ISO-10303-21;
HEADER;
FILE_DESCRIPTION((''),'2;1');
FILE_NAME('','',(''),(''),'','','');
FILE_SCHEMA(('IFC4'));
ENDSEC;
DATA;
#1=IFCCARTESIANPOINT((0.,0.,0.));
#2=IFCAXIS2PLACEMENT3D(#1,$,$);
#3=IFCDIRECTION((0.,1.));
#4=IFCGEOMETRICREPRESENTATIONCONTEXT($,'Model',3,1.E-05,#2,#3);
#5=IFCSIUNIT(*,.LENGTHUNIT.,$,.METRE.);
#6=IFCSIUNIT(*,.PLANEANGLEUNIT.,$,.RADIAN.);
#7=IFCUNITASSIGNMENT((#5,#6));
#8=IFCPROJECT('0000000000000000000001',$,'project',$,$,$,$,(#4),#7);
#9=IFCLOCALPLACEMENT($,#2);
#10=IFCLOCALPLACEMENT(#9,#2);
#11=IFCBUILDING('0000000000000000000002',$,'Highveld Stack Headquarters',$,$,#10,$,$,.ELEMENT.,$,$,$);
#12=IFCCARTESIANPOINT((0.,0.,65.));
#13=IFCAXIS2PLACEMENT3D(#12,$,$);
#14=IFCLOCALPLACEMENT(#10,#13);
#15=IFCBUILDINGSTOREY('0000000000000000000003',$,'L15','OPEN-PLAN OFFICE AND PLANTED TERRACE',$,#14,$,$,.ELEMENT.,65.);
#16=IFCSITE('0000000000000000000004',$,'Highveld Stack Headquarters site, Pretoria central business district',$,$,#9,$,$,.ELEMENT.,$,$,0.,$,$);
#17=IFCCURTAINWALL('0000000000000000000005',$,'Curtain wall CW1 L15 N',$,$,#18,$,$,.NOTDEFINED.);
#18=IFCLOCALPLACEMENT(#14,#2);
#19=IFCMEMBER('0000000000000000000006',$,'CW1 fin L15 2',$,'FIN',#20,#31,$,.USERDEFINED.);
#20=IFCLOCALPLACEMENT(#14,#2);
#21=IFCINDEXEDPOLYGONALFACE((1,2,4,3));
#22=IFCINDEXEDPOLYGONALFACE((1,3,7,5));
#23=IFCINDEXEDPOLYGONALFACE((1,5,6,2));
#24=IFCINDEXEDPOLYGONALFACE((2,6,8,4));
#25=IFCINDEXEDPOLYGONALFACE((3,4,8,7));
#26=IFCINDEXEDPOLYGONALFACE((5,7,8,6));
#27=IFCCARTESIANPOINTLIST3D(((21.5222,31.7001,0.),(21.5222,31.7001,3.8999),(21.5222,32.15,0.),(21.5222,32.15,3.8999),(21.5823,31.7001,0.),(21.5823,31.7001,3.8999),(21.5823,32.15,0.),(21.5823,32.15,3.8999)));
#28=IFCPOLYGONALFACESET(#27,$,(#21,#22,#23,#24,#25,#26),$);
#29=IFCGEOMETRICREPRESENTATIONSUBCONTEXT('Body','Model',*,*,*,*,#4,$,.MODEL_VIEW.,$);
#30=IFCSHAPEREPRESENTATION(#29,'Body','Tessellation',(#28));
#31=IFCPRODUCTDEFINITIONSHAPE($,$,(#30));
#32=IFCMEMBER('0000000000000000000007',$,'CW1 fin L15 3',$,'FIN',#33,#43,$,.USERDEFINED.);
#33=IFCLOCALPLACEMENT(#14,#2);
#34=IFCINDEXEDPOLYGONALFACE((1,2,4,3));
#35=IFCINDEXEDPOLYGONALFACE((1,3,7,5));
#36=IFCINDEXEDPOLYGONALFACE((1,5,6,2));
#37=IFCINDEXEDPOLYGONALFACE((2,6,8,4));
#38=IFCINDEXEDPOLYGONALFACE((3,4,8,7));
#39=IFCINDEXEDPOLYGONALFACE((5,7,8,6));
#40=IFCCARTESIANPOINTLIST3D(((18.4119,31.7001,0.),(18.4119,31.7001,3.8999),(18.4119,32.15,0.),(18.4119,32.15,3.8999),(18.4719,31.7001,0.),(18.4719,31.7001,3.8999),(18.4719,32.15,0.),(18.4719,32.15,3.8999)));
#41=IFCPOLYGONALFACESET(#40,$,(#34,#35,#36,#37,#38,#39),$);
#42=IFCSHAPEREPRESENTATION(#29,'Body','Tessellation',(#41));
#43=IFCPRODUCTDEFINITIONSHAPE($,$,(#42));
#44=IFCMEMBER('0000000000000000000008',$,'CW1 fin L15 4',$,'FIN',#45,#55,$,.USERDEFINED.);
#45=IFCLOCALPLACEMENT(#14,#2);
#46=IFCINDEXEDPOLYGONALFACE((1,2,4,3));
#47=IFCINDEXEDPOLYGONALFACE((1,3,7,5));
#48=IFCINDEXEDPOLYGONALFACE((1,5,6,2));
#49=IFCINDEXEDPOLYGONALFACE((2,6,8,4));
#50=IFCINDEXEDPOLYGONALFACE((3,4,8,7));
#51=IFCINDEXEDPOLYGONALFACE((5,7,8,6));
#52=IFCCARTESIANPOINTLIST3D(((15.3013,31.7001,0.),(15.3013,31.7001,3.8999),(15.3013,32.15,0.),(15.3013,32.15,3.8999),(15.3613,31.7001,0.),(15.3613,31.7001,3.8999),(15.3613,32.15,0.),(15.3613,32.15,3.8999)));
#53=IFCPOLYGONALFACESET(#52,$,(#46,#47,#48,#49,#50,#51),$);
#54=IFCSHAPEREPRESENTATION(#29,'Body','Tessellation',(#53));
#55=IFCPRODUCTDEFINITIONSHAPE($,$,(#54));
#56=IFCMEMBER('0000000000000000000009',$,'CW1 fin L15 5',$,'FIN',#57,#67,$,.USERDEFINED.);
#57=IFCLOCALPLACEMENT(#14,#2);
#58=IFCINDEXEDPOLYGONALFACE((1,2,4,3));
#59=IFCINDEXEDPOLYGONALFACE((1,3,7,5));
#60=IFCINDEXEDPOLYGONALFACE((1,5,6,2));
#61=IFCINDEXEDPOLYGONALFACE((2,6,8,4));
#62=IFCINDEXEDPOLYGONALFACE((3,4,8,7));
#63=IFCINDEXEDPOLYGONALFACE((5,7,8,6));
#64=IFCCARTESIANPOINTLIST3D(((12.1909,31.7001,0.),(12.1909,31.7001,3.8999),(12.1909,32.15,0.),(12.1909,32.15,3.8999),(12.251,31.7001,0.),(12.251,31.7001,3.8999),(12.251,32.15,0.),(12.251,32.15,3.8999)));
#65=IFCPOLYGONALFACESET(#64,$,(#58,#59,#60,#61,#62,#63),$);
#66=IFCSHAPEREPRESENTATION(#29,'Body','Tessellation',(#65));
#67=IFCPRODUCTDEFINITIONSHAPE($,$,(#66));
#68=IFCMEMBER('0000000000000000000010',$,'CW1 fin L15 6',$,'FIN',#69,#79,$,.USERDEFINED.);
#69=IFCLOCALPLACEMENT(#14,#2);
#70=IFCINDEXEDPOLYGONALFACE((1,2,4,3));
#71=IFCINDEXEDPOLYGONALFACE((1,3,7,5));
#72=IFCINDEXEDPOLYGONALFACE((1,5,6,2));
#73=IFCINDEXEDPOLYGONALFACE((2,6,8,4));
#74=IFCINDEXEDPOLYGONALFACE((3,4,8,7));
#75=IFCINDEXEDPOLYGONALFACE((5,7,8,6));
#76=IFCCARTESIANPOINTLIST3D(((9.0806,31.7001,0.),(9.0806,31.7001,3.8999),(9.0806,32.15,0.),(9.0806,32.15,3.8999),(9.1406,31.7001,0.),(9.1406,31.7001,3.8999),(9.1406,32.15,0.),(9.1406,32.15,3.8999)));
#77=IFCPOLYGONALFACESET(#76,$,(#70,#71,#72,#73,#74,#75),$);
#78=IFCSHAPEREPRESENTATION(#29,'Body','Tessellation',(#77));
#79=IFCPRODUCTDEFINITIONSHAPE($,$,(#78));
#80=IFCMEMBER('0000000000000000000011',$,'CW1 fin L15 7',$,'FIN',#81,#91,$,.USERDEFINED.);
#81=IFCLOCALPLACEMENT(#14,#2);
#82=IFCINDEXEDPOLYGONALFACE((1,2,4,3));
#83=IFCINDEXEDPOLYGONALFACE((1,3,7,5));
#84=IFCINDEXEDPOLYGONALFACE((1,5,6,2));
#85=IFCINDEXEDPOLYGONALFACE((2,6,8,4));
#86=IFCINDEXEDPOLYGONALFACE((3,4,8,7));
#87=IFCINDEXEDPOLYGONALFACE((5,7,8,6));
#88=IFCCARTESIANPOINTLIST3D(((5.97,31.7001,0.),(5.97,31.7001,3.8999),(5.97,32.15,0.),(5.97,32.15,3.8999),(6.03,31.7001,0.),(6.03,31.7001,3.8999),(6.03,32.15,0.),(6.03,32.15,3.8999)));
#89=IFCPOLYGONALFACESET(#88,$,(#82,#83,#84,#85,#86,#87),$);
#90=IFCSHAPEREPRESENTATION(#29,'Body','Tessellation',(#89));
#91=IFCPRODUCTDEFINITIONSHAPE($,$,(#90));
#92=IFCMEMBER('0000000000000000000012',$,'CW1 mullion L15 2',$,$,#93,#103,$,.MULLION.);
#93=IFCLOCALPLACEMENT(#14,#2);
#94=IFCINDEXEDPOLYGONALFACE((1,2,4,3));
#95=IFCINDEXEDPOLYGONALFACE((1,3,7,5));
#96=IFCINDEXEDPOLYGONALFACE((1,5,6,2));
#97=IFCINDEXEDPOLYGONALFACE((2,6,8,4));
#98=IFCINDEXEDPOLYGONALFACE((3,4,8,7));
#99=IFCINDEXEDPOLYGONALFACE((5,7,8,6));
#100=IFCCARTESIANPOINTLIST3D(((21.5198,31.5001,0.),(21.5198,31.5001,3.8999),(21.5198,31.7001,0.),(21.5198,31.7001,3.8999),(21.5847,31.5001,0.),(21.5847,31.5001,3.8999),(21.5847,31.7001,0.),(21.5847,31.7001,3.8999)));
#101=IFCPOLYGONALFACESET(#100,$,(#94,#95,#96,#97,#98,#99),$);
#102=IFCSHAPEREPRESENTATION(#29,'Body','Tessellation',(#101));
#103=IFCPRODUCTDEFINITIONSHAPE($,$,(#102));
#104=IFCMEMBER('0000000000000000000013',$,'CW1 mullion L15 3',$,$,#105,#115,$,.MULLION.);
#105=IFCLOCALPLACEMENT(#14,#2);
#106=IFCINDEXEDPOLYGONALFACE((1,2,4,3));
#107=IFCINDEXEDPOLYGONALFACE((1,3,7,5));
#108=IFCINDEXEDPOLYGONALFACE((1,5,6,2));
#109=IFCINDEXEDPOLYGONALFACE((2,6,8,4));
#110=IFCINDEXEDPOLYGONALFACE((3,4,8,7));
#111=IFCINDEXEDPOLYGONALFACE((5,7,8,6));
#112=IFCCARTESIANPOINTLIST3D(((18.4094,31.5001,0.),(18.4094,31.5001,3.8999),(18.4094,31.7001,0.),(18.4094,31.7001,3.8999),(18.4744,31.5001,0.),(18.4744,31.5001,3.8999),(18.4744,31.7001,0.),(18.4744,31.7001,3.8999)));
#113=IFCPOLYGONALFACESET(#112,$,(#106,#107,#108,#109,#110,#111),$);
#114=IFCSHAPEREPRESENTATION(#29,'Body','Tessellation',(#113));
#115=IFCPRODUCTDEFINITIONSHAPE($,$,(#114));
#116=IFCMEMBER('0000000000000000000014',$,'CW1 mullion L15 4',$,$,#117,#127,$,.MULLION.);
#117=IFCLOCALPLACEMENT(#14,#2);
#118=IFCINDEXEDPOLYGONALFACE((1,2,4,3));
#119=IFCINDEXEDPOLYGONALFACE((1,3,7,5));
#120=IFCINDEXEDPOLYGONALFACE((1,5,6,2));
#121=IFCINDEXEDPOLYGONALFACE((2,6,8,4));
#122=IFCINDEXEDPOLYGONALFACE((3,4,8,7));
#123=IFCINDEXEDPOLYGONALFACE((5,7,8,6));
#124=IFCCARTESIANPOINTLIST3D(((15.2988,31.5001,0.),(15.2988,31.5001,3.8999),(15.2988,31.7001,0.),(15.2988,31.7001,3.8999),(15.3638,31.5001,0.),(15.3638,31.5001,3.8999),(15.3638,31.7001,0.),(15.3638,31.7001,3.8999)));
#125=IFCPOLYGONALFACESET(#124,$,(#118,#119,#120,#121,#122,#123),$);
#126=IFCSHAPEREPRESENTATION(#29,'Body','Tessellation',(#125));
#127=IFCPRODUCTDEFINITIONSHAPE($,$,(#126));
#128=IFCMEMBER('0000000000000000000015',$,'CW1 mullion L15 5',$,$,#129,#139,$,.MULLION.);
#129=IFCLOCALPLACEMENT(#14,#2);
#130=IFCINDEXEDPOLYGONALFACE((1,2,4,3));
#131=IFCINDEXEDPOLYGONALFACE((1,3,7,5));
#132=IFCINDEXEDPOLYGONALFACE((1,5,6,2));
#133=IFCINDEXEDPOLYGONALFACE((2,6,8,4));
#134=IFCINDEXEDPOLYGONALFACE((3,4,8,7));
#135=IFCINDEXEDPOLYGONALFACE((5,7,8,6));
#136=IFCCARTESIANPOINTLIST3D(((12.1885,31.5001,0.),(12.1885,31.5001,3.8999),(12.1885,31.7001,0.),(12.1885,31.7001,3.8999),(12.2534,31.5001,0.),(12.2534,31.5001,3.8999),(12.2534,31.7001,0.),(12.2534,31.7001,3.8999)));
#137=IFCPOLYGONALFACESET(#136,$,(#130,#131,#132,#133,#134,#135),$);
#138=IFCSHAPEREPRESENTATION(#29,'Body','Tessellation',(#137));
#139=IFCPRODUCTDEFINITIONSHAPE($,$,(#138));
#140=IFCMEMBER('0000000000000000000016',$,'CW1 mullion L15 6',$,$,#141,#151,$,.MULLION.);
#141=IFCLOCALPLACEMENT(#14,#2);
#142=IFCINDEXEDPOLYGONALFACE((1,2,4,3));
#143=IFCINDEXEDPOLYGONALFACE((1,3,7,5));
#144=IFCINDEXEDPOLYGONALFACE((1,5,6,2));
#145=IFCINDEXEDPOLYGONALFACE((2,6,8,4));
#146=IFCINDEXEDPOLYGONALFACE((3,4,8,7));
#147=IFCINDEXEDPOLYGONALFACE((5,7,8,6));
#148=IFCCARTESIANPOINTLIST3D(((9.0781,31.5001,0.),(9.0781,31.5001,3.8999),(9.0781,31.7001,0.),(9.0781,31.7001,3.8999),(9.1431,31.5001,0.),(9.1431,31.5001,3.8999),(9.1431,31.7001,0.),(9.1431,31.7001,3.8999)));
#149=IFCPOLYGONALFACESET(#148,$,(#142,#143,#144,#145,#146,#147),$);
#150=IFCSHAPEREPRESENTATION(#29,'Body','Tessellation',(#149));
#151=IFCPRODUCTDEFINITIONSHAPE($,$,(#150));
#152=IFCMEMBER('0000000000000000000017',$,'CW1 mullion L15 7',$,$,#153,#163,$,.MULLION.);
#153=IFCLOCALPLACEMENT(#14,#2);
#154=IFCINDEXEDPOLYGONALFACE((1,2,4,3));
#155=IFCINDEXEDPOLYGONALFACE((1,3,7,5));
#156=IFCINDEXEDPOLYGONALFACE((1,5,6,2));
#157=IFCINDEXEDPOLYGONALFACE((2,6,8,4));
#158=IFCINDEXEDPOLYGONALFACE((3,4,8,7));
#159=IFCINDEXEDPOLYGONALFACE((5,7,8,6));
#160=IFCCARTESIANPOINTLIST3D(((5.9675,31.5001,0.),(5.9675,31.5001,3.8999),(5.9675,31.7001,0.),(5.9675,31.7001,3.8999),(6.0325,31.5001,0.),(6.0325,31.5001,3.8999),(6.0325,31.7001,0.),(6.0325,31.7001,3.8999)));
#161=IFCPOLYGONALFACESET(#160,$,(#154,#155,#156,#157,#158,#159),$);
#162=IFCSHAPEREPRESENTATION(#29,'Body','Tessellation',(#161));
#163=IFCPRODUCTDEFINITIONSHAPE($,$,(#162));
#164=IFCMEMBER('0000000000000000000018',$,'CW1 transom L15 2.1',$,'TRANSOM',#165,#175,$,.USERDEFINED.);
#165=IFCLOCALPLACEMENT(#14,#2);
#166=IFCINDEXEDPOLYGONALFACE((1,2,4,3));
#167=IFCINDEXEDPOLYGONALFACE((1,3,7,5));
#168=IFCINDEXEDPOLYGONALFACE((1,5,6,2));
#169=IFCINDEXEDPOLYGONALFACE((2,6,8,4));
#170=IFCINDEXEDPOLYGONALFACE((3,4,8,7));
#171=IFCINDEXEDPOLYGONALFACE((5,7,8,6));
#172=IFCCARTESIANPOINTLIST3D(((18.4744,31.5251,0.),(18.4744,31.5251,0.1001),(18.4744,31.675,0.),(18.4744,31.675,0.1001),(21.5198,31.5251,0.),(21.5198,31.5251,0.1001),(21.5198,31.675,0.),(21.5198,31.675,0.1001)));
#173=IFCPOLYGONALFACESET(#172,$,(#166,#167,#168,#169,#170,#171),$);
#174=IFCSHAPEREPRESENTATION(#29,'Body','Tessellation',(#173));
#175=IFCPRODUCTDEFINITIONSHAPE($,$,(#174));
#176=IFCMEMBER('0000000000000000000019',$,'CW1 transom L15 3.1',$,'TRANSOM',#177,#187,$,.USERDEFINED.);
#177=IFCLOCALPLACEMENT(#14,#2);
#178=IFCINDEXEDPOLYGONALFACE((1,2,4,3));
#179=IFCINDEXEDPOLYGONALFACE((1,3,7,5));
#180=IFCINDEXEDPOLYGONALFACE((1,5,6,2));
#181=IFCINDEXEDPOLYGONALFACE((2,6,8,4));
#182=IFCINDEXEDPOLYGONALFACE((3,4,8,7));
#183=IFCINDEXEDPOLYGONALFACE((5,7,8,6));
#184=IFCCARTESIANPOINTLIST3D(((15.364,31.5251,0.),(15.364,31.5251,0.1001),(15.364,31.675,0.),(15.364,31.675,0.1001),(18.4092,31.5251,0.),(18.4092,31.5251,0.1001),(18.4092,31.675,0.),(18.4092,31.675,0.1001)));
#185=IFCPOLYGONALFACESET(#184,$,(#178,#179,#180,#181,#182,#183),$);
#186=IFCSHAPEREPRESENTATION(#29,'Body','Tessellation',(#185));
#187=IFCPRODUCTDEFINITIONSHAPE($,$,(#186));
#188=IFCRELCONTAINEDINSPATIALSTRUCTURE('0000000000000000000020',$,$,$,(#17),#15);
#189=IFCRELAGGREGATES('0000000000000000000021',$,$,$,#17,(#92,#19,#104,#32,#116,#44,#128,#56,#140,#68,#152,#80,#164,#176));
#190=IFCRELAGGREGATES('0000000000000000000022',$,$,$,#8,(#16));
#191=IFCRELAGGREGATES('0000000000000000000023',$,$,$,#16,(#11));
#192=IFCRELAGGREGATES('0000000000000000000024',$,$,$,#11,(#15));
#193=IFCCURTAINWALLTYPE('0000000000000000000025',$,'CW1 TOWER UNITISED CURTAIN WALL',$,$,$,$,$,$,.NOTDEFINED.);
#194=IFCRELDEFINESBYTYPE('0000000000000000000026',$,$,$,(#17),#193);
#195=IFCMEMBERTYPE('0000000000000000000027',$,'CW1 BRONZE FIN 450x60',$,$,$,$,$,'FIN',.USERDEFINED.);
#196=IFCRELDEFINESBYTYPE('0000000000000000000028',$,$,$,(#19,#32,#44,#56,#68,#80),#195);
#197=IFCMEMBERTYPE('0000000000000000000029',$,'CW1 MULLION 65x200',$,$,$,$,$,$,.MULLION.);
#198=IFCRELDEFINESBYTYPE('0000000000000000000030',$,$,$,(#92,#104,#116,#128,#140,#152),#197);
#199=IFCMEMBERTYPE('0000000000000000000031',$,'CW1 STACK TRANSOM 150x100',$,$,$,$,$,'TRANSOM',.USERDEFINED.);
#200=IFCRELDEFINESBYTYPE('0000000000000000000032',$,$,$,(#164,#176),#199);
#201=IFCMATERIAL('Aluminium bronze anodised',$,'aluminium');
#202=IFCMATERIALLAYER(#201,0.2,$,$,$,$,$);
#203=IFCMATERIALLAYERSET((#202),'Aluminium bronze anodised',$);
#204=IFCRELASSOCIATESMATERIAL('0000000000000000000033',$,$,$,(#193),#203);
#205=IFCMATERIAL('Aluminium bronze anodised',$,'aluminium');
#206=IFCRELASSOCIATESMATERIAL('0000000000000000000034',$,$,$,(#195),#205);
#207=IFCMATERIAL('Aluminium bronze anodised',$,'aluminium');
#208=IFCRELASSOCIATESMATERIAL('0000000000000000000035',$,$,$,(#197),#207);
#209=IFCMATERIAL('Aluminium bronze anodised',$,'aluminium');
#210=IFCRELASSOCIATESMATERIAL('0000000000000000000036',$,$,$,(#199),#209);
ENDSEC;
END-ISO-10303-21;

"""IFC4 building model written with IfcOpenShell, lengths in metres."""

from ifc_helpers import new_model, si_unit, direction, frame, origin, origin_2d, place, context, subcontext, project, spatial, rectangle, extrude, material, layer, layer_set, material_profile, profile_set, type_object, element, aggregate, save


model = new_model("IFC4")

# Units and contexts
model_context = context("Model", 3, precision=1e-05, world=origin(), true_north=direction((0.0, 1.0)))
body_context = subcontext(model_context, "Body", "Model", "MODEL_VIEW")
ifc_project = project(units=[si_unit("LENGTHUNIT", "METRE"), si_unit("PLANEANGLEUNIT", "RADIAN")], contexts=[model_context])

# Site, building, storey
site_placement = place(None, origin())
site = spatial("IfcSite", under=ifc_project, at=site_placement, Name="Highveld Stack Headquarters site, Pretoria central business district", CompositionType="ELEMENT", RefElevation=0.0)
building_placement = place(site_placement, origin())
building = spatial("IfcBuilding", under=site, at=building_placement, Name="Highveld Stack Headquarters", CompositionType="ELEMENT")
storey_placement = place(building_placement, frame((0.0, 0.0, 65.0)))
storey = spatial("IfcBuildingStorey", under=building, at=storey_placement, Name="L15", Description="OPEN-PLAN OFFICE AND PLANTED TERRACE", CompositionType="ELEMENT", Elevation=65.0)

# Curtain wall, members
ifc_material_1 = material(Name="Aluminium bronze anodised", Category="aluminium")
ifc_layer_1 = layer(ifc_material_1, 0.2)
ifc_layer_set_1 = layer_set([ifc_layer_1], Name="Aluminium bronze anodised")
curtain_wall_type = type_object("IfcCurtainWallType", Name="CW1 TOWER UNITISED CURTAIN WALL", PredefinedType="NOTDEFINED", material=ifc_layer_set_1)
curtain_wall_placement = place(storey_placement, origin())
curtain_wall = element("IfcCurtainWall", 1, at=curtain_wall_placement, inside=storey, type_object=curtain_wall_type, Name="Curtain wall CW1 L15 N", PredefinedType="NOTDEFINED")
ifc_material_2 = material(Name="Aluminium bronze anodised", Category="aluminium")
ifc_material_profile_1 = material_profile(ifc_material_2, rectangle(XDim=0.45, YDim=0.0601, at=origin_2d()), Name="FIN 450x60")
ifc_profile_set_1 = profile_set([ifc_material_profile_1], Name="Aluminium bronze anodised")
member_type_1 = type_object("IfcMemberType", Name="CW1 BRONZE FIN 450x60", ElementType="FIN", PredefinedType="USERDEFINED", material=ifc_profile_set_1)
member_1_placement = place(storey_placement, frame((21.5522, 31.925, 0.0), z_axis=(0.0, 0.0, 1.0), x_axis=(0.0, -1.0, 0.0)))
member_1 = element("IfcMember", 2, at=member_1_placement, type_object=member_type_1, Name="CW1 fin L15 2", ObjectType="FIN", PredefinedType="USERDEFINED", context=body_context, shape_type="SweptSolid", body=[
    extrude(rectangle(XDim=0.45, YDim=0.0601, at=origin_2d()), origin(), (0.0, 0.0, 1.0), 3.8999),
])
member_2_placement = place(storey_placement, frame((18.4419, 31.925, 0.0), z_axis=(0.0, 0.0, 1.0), x_axis=(0.0, -1.0, 0.0)))
member_2 = element("IfcMember", 3, at=member_2_placement, type_object=member_type_1, Name="CW1 fin L15 3", ObjectType="FIN", PredefinedType="USERDEFINED", context=body_context, shape_type="SweptSolid", body=[
    extrude(rectangle(XDim=0.45, YDim=0.0601, at=origin_2d()), origin(), (0.0, 0.0, 1.0), 3.8999),
])
member_3_placement = place(storey_placement, frame((15.3313, 31.925, 0.0), z_axis=(0.0, 0.0, 1.0), x_axis=(0.0, -1.0, 0.0)))
member_3 = element("IfcMember", 4, at=member_3_placement, type_object=member_type_1, Name="CW1 fin L15 4", ObjectType="FIN", PredefinedType="USERDEFINED", context=body_context, shape_type="SweptSolid", body=[
    extrude(rectangle(XDim=0.45, YDim=0.0601, at=origin_2d()), origin(), (0.0, 0.0, 1.0), 3.8999),
])
member_4_placement = place(storey_placement, frame((12.2209, 31.925, 0.0), z_axis=(0.0, 0.0, 1.0), x_axis=(0.0, -1.0, 0.0)))
member_4 = element("IfcMember", 5, at=member_4_placement, type_object=member_type_1, Name="CW1 fin L15 5", ObjectType="FIN", PredefinedType="USERDEFINED", context=body_context, shape_type="SweptSolid", body=[
    extrude(rectangle(XDim=0.45, YDim=0.0601, at=origin_2d()), origin(), (0.0, 0.0, 1.0), 3.8999),
])
member_5_placement = place(storey_placement, frame((9.1106, 31.925, 0.0), z_axis=(0.0, 0.0, 1.0), x_axis=(0.0, -1.0, 0.0)))
member_5 = element("IfcMember", 6, at=member_5_placement, type_object=member_type_1, Name="CW1 fin L15 6", ObjectType="FIN", PredefinedType="USERDEFINED", context=body_context, shape_type="SweptSolid", body=[
    extrude(rectangle(XDim=0.45, YDim=0.0601, at=origin_2d()), origin(), (0.0, 0.0, 1.0), 3.8999),
])
member_6_placement = place(storey_placement, frame((6.0, 31.925, 0.0), z_axis=(0.0, 0.0, 1.0), x_axis=(0.0, -1.0, 0.0)))
member_6 = element("IfcMember", 7, at=member_6_placement, type_object=member_type_1, Name="CW1 fin L15 7", ObjectType="FIN", PredefinedType="USERDEFINED", context=body_context, shape_type="SweptSolid", body=[
    extrude(rectangle(XDim=0.45, YDim=0.0601, at=origin_2d()), origin(), (0.0, 0.0, 1.0), 3.8999),
])
ifc_material_3 = material(Name="Aluminium bronze anodised", Category="aluminium")
ifc_material_profile_2 = material_profile(ifc_material_3, rectangle(XDim=0.2, YDim=0.0649, at=origin_2d()), Name="CW1 MULLION 65x200")
ifc_profile_set_2 = profile_set([ifc_material_profile_2], Name="Aluminium bronze anodised")
member_type_2 = type_object("IfcMemberType", Name="CW1 MULLION 65x200", PredefinedType="MULLION", material=ifc_profile_set_2)
member_7_placement = place(storey_placement, frame((21.5522, 31.6001, 0.0), z_axis=(0.0, 0.0, 1.0), x_axis=(0.0, -1.0, 0.0)))
member_7 = element("IfcMember", 8, at=member_7_placement, type_object=member_type_2, Name="CW1 mullion L15 2", PredefinedType="MULLION", context=body_context, shape_type="SweptSolid", body=[
    extrude(rectangle(XDim=0.2, YDim=0.0649, at=origin_2d()), origin(), (0.0, 0.0, 1.0), 3.8999),
])
member_8_placement = place(storey_placement, frame((18.4419, 31.6001, 0.0), z_axis=(0.0, 0.0, 1.0), x_axis=(0.0, -1.0, 0.0)))
member_8 = element("IfcMember", 9, at=member_8_placement, type_object=member_type_2, Name="CW1 mullion L15 3", PredefinedType="MULLION", context=body_context, shape_type="SweptSolid", body=[
    extrude(rectangle(XDim=0.2, YDim=0.0649, at=origin_2d()), origin(), (0.0, 0.0, 1.0), 3.8999),
])
member_9_placement = place(storey_placement, frame((15.3313, 31.6001, 0.0), z_axis=(0.0, 0.0, 1.0), x_axis=(0.0, -1.0, 0.0)))
member_9 = element("IfcMember", 10, at=member_9_placement, type_object=member_type_2, Name="CW1 mullion L15 4", PredefinedType="MULLION", context=body_context, shape_type="SweptSolid", body=[
    extrude(rectangle(XDim=0.2, YDim=0.0649, at=origin_2d()), origin(), (0.0, 0.0, 1.0), 3.8999),
])
member_10_placement = place(storey_placement, frame((12.2209, 31.6001, 0.0), z_axis=(0.0, 0.0, 1.0), x_axis=(0.0, -1.0, 0.0)))
member_10 = element("IfcMember", 11, at=member_10_placement, type_object=member_type_2, Name="CW1 mullion L15 5", PredefinedType="MULLION", context=body_context, shape_type="SweptSolid", body=[
    extrude(rectangle(XDim=0.2, YDim=0.0649, at=origin_2d()), origin(), (0.0, 0.0, 1.0), 3.8999),
])
member_11_placement = place(storey_placement, frame((9.1106, 31.6001, 0.0), z_axis=(0.0, 0.0, 1.0), x_axis=(0.0, -1.0, 0.0)))
member_11 = element("IfcMember", 12, at=member_11_placement, type_object=member_type_2, Name="CW1 mullion L15 6", PredefinedType="MULLION", context=body_context, shape_type="SweptSolid", body=[
    extrude(rectangle(XDim=0.2, YDim=0.0649, at=origin_2d()), origin(), (0.0, 0.0, 1.0), 3.8999),
])
member_12_placement = place(storey_placement, frame((6.0, 31.6001, 0.0), z_axis=(0.0, 0.0, 1.0), x_axis=(0.0, -1.0, 0.0)))
member_12 = element("IfcMember", 13, at=member_12_placement, type_object=member_type_2, Name="CW1 mullion L15 7", PredefinedType="MULLION", context=body_context, shape_type="SweptSolid", body=[
    extrude(rectangle(XDim=0.2, YDim=0.0649, at=origin_2d()), origin(), (0.0, 0.0, 1.0), 3.8999),
])
ifc_material_4 = material(Name="Aluminium bronze anodised", Category="aluminium")
ifc_material_profile_3 = material_profile(ifc_material_4, rectangle(XDim=0.1499, YDim=0.1001, at=origin_2d()), Name="CW1 TRANSOM 150x100")
ifc_profile_set_3 = profile_set([ifc_material_profile_3], Name="Aluminium bronze anodised")
member_type_3 = type_object("IfcMemberType", Name="CW1 STACK TRANSOM 150x100", ElementType="TRANSOM", PredefinedType="USERDEFINED", material=ifc_profile_set_3)
member_13_placement = place(storey_placement, frame((21.5198, 31.6001, 0.05), z_axis=(-1.0, 0.0, 0.0), x_axis=(0.0, -1.0, 0.0)))
member_13 = element("IfcMember", 14, at=member_13_placement, type_object=member_type_3, Name="CW1 transom L15 2.1", ObjectType="TRANSOM", PredefinedType="USERDEFINED", context=body_context, shape_type="SweptSolid", body=[
    extrude(rectangle(XDim=0.1499, YDim=0.1001, at=origin_2d()), origin(), (0.0, 0.0, 1.0), 3.0454),
])
member_14_placement = place(storey_placement, frame((18.4092, 31.6001, 0.05), z_axis=(-1.0, 0.0, 0.0), x_axis=(0.0, -1.0, 0.0)))
member_14 = element("IfcMember", 15, at=member_14_placement, type_object=member_type_3, Name="CW1 transom L15 3.1", ObjectType="TRANSOM", PredefinedType="USERDEFINED", context=body_context, shape_type="SweptSolid", body=[
    extrude(rectangle(XDim=0.1499, YDim=0.1001, at=origin_2d()), origin(), (0.0, 0.0, 1.0), 3.0452),
])

aggregate(curtain_wall, [member_7, member_1, member_8, member_2, member_9, member_3, member_10, member_4, member_11, member_5, member_12, member_6, member_13, member_14])

save(model, "model.ifc")
